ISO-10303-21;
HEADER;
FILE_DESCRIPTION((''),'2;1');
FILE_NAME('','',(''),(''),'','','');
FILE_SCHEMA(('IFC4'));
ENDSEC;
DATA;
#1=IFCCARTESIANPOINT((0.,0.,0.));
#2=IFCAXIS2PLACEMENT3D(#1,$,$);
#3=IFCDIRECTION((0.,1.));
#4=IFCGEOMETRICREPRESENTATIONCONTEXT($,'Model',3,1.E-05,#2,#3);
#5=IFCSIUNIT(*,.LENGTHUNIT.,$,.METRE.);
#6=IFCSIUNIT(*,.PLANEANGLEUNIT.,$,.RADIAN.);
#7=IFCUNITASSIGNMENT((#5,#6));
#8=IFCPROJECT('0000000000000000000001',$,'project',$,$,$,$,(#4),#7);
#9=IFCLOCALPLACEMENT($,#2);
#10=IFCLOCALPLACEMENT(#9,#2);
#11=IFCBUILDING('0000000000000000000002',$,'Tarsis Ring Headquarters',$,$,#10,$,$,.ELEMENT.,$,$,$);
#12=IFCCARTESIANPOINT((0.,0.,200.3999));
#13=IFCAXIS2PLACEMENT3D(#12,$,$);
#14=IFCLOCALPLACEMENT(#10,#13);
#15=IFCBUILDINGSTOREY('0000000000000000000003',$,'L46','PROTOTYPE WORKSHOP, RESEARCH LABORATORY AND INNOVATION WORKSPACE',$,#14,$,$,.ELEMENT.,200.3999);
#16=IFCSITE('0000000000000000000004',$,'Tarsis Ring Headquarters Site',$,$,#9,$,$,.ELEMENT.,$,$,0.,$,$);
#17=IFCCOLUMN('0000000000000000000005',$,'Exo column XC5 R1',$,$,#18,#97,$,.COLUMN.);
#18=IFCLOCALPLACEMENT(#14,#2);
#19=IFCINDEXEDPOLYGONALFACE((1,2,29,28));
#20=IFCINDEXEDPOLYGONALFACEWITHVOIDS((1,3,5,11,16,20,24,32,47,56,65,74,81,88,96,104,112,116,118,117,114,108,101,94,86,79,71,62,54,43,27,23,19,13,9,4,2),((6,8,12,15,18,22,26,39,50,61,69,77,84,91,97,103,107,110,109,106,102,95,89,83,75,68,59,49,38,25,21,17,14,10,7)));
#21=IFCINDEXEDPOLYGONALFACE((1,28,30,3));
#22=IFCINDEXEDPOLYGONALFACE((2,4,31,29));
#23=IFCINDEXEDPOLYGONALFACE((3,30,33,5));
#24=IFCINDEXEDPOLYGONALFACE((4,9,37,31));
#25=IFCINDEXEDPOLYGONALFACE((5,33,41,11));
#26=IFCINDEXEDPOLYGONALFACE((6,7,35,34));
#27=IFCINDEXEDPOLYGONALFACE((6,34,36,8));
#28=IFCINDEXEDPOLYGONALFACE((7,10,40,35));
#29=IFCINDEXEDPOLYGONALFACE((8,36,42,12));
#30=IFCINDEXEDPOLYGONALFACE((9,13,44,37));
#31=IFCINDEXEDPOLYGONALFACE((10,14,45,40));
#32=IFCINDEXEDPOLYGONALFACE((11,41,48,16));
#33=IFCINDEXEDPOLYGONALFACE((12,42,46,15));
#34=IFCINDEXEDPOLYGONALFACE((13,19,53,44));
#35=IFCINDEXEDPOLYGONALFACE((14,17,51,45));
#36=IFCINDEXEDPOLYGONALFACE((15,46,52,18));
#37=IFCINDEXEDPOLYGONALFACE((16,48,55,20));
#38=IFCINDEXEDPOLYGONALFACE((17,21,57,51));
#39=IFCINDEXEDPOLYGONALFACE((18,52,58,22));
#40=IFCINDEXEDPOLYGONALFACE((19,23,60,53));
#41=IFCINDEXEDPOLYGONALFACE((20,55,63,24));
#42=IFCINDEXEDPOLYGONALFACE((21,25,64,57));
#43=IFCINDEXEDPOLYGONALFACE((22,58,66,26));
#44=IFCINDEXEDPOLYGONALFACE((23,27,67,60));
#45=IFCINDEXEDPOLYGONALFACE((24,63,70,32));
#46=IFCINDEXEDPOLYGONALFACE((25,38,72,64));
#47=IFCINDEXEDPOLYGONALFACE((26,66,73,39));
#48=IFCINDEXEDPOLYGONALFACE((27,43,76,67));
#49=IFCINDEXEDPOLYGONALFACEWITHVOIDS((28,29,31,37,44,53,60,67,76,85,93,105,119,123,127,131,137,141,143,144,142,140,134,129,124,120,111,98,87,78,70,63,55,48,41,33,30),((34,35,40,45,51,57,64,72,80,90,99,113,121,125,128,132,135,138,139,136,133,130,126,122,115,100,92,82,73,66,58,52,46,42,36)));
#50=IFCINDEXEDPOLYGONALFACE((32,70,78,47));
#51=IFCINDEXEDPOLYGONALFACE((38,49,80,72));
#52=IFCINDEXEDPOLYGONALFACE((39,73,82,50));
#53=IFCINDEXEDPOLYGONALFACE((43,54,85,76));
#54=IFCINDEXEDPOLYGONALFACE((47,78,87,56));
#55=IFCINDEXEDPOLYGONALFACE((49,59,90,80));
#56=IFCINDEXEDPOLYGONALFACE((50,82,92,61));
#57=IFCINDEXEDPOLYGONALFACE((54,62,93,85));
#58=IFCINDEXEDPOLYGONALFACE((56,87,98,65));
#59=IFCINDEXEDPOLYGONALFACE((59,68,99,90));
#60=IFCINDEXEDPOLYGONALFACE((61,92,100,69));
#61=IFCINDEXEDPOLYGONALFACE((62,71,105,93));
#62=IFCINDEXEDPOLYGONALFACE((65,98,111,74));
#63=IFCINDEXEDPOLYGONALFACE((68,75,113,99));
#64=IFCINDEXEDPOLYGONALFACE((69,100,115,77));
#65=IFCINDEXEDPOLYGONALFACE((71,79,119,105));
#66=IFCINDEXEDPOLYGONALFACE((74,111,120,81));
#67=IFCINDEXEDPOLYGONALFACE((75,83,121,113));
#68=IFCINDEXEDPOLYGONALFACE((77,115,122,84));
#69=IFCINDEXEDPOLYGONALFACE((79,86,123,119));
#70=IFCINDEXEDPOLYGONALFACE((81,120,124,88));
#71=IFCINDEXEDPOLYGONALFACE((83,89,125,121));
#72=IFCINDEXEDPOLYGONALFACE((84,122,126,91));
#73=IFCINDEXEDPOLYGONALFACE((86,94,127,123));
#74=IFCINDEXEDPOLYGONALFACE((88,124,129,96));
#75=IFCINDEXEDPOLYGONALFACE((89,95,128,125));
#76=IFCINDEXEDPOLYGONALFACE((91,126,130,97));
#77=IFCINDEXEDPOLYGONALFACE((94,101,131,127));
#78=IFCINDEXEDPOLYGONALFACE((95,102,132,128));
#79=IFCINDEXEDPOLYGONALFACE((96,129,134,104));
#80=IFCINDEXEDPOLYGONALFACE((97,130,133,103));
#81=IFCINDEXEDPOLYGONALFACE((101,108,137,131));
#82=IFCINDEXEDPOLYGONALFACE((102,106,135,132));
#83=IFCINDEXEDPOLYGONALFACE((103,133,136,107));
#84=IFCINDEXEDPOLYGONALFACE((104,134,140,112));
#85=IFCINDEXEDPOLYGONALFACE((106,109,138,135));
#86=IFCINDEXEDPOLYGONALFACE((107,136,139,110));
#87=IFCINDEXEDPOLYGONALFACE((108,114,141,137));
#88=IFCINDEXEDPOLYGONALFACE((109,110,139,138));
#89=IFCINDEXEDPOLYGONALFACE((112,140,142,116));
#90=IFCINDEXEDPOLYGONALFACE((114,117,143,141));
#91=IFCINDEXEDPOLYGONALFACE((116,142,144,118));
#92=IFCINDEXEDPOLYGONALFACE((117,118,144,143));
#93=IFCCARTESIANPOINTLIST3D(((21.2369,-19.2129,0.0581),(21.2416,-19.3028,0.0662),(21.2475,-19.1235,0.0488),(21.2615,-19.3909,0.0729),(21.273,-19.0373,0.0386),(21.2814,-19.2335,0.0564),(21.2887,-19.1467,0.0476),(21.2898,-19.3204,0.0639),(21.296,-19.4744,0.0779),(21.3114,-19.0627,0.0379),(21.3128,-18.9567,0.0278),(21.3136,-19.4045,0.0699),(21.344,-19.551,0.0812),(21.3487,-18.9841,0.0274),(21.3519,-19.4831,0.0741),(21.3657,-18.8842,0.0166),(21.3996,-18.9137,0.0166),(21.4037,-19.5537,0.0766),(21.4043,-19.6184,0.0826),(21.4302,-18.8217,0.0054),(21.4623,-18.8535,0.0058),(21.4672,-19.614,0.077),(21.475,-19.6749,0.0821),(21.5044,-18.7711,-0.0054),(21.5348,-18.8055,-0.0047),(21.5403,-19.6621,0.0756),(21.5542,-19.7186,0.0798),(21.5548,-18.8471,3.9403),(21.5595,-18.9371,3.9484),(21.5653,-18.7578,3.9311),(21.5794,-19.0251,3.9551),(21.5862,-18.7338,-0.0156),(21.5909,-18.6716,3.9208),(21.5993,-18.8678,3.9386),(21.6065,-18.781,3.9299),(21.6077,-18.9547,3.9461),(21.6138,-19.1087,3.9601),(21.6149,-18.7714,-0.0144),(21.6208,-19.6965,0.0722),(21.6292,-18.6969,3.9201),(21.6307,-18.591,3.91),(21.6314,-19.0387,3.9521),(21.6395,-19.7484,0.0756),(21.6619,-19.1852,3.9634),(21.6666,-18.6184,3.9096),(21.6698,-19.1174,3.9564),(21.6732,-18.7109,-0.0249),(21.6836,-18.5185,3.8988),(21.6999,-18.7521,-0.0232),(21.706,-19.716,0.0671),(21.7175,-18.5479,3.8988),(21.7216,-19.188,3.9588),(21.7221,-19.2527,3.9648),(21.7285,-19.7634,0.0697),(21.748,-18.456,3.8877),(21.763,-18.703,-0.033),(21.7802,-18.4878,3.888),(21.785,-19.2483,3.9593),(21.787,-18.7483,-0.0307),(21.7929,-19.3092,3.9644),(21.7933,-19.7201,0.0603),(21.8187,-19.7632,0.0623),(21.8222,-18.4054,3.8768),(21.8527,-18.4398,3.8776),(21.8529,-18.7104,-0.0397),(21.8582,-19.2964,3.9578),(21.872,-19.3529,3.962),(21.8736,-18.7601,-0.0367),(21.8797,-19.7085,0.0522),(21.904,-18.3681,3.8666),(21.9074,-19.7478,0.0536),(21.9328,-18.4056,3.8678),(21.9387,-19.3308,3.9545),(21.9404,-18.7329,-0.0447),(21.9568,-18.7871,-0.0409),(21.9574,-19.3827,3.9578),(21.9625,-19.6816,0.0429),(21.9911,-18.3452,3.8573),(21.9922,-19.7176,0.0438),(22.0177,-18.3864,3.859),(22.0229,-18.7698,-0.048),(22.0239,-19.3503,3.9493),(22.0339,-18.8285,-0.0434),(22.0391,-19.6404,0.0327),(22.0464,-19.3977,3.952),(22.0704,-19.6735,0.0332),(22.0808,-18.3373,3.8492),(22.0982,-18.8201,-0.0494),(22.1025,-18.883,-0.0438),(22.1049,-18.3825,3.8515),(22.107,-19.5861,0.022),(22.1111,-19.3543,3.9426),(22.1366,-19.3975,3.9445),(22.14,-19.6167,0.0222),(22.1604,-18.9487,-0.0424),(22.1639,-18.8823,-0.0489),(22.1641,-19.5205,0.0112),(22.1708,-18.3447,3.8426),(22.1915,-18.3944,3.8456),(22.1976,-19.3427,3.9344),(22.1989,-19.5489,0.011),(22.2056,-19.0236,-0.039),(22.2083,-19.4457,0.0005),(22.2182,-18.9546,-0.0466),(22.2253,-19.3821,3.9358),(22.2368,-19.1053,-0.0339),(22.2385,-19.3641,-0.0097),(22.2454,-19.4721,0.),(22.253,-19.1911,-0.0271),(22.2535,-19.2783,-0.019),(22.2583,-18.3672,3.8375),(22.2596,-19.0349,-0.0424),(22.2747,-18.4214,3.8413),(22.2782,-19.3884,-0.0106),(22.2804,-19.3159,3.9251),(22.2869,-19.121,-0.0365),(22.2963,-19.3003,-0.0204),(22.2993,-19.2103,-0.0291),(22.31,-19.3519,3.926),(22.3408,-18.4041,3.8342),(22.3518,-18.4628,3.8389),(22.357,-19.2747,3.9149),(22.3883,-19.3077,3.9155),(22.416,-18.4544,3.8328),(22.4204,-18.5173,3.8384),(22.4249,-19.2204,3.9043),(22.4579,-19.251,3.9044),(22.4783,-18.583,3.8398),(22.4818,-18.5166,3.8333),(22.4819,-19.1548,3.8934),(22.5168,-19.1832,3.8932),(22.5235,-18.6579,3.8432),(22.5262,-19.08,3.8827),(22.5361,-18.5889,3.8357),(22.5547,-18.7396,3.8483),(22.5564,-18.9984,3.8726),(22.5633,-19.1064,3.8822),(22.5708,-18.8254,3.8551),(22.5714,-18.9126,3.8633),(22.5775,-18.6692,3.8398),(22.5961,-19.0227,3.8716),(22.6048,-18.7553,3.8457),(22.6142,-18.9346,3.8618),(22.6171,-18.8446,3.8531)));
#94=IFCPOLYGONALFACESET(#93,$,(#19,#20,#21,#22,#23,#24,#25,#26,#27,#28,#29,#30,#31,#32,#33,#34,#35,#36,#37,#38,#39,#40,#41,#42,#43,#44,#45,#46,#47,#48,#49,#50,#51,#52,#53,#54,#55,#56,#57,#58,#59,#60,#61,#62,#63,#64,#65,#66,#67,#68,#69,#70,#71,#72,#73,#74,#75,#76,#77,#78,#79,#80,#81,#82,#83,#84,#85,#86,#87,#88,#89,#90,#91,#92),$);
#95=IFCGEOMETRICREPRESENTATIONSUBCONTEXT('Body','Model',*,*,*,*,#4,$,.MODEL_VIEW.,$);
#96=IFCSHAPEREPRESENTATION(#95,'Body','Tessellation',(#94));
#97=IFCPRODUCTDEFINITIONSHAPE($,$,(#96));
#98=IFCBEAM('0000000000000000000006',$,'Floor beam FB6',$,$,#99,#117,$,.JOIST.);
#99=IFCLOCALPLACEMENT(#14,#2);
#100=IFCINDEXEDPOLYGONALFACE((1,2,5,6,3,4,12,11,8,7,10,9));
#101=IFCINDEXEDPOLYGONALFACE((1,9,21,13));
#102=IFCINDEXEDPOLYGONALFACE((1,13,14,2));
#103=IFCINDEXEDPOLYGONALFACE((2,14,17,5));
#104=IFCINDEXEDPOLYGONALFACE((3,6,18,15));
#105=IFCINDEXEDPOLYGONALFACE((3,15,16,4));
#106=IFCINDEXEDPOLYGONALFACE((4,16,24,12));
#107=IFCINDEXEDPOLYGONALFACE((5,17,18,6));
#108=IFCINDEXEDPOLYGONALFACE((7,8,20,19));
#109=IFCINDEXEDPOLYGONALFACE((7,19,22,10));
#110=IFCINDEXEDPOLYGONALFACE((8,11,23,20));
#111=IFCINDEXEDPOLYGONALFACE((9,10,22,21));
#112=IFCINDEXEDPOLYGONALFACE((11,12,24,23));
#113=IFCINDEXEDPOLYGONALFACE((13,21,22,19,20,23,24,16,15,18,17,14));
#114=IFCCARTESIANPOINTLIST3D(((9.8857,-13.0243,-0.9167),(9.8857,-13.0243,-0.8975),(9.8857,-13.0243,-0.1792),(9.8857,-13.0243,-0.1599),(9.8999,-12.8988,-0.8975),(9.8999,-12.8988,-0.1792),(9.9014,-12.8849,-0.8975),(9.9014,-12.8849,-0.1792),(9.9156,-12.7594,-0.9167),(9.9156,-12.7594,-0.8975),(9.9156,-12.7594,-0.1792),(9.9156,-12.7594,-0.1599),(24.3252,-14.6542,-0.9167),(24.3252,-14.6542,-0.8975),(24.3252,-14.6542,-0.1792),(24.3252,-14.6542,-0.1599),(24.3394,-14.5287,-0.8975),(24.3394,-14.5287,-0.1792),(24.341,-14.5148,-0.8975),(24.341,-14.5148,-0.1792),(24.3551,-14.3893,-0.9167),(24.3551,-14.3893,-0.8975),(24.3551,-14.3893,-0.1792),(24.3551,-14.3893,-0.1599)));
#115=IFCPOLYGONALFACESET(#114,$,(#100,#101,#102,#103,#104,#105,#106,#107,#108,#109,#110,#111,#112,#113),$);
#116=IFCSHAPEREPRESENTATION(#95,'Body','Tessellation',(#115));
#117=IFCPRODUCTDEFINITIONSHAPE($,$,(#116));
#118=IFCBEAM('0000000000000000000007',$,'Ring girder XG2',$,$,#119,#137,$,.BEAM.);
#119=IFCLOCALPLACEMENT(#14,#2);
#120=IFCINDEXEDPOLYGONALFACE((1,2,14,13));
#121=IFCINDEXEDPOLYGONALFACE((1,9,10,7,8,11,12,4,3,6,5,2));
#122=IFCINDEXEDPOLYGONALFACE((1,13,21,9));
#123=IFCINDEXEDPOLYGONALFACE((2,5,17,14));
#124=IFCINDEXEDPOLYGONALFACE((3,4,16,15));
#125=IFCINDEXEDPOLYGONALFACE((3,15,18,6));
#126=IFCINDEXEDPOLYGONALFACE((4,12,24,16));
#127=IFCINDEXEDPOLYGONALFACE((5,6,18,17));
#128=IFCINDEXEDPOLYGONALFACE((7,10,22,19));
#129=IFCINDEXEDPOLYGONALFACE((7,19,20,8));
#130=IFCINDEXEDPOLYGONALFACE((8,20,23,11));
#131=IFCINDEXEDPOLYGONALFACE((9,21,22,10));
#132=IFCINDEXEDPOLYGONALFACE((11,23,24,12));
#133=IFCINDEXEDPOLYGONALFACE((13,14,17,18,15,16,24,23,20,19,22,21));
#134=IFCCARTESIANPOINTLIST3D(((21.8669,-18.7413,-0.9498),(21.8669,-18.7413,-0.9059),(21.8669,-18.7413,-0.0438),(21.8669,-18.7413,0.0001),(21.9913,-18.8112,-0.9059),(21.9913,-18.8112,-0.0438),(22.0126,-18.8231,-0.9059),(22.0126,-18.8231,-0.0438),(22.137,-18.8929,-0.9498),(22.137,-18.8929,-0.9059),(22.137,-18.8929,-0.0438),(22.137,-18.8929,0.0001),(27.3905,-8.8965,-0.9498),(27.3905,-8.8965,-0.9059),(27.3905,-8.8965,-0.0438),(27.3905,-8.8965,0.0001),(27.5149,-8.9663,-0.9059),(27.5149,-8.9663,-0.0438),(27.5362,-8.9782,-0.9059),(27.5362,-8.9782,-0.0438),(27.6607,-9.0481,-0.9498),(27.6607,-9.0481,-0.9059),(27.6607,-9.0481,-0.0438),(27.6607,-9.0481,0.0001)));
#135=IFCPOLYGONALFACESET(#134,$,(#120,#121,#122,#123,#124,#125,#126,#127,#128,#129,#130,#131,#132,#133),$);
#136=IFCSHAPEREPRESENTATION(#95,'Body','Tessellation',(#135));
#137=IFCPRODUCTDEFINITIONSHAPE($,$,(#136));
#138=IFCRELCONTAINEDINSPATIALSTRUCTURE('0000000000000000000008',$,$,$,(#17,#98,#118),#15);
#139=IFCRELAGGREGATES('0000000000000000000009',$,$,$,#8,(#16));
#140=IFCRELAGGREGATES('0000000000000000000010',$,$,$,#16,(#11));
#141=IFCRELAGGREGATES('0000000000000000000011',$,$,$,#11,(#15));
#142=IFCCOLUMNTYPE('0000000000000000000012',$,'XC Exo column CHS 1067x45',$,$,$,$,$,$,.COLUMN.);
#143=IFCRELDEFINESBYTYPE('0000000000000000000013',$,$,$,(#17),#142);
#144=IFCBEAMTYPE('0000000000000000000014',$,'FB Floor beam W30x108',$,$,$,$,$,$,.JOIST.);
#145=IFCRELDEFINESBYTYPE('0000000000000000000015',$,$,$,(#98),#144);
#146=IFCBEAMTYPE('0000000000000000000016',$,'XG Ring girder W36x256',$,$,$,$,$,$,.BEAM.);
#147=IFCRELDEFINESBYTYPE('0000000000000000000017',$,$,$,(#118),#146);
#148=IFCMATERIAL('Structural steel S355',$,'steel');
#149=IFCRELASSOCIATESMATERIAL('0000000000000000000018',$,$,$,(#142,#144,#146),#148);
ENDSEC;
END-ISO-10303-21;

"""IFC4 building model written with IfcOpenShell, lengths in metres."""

from ifc_helpers import new_model, si_unit, direction, frame, origin, origin_2d, place, context, subcontext, project, spatial, hollow_circle, i_section, extrude, material, material_profile, profile_set, type_object, element, save


model = new_model("IFC4")

# Units and contexts
model_context = context("Model", 3, precision=1e-05, world=origin(), true_north=direction((0.0, 1.0)))
body_context = subcontext(model_context, "Body", "Model", "MODEL_VIEW")
ifc_project = project(units=[si_unit("LENGTHUNIT", "METRE"), si_unit("PLANEANGLEUNIT", "RADIAN")], contexts=[model_context])

# Site, building, storey
site_placement = place(None, origin())
site = spatial("IfcSite", under=ifc_project, at=site_placement, Name="Tarsis Ring Headquarters Site", CompositionType="ELEMENT", RefElevation=0.0)
building_placement = place(site_placement, origin())
building = spatial("IfcBuilding", under=site, at=building_placement, Name="Tarsis Ring Headquarters", CompositionType="ELEMENT")
storey_placement = place(building_placement, frame((0.0, 0.0, 200.3999)))
storey = spatial("IfcBuildingStorey", under=building, at=storey_placement, Name="L46", Description="PROTOTYPE WORKSHOP, RESEARCH LABORATORY AND INNOVATION WORKSPACE", CompositionType="ELEMENT", Elevation=200.3999)

# Column
ifc_material_1 = material(Name="Structural steel S355", Category="steel")
ifc_material_profile_1 = material_profile(ifc_material_1, hollow_circle(Radius=0.5334, WallThickness=0.0449, at=origin_2d()), Name="CHS 1067x45")
ifc_profile_set_1 = profile_set([ifc_material_profile_1], Name="Structural steel S355")
column_type = type_object("IfcColumnType", Name="XC Exo column CHS 1067x45", PredefinedType="COLUMN", material=ifc_profile_set_1)
column_placement = place(storey_placement, frame((21.7683, -19.2341, 0.0166), z_axis=(0.081246, 0.093477, 0.992301), x_axis=(-0.754757, 0.656004, 0.0)))
element("IfcColumn", 1, at=column_placement, inside=storey, type_object=column_type, Name="Exo column XC5 R1", PredefinedType="COLUMN", context=body_context, shape_type="SweptSolid", body=[
    extrude(hollow_circle(Radius=0.5334, WallThickness=0.0449, at=origin_2d()), origin(), (0.0, 0.0, 1.0), 3.9124),
])

# Beams
ifc_material_profile_2 = material_profile(ifc_material_1, i_section(OverallWidth=0.2666, OverallDepth=0.7568, WebThickness=0.0139, FlangeThickness=0.0193, at=origin_2d()), Name="W30x108")
ifc_profile_set_2 = profile_set([ifc_material_profile_2], Name="Structural steel S355")
beam_type_1 = type_object("IfcBeamType", Name="FB Floor beam W30x108", PredefinedType="JOIST", material=ifc_profile_set_2)
beam_1_placement = place(storey_placement, frame((9.9006, -12.8918, -0.5383), z_axis=(0.99369, -0.112165, 0.0), x_axis=(0.112165, 0.99369, 0.0)))
element("IfcBeam", 2, at=beam_1_placement, inside=storey, type_object=beam_type_1, Name="Floor beam FB6", PredefinedType="JOIST", context=body_context, shape_type="SweptSolid", body=[
    extrude(i_section(OverallWidth=0.2666, OverallDepth=0.7568, WebThickness=0.0139, FlangeThickness=0.0193, at=origin_2d()), origin(), (0.0, 0.0, 1.0), 14.5312),
])
ifc_material_profile_3 = material_profile(ifc_material_1, i_section(OverallWidth=0.3098, OverallDepth=0.95, WebThickness=0.0244, FlangeThickness=0.0439, at=origin_2d()), Name="W36x256")
ifc_profile_set_3 = profile_set([ifc_material_profile_3], Name="Structural steel S355")
beam_type_2 = type_object("IfcBeamType", Name="XG Ring girder W36x256", PredefinedType="BEAM", material=ifc_profile_set_3)
beam_2_placement = place(storey_placement, frame((22.002, -18.8171, -0.4749), z_axis=(0.489311, 0.872109, 0.0), x_axis=(-0.872109, 0.489311, 0.0)))
element("IfcBeam", 3, at=beam_2_placement, inside=storey, type_object=beam_type_2, Name="Ring girder XG2", PredefinedType="BEAM", context=body_context, shape_type="SweptSolid", body=[
    extrude(i_section(OverallWidth=0.3098, OverallDepth=0.95, WebThickness=0.0244, FlangeThickness=0.0439, at=origin_2d()), origin(), (0.0, 0.0, 1.0), 11.2886),
])

save(model, "model.ifc")
